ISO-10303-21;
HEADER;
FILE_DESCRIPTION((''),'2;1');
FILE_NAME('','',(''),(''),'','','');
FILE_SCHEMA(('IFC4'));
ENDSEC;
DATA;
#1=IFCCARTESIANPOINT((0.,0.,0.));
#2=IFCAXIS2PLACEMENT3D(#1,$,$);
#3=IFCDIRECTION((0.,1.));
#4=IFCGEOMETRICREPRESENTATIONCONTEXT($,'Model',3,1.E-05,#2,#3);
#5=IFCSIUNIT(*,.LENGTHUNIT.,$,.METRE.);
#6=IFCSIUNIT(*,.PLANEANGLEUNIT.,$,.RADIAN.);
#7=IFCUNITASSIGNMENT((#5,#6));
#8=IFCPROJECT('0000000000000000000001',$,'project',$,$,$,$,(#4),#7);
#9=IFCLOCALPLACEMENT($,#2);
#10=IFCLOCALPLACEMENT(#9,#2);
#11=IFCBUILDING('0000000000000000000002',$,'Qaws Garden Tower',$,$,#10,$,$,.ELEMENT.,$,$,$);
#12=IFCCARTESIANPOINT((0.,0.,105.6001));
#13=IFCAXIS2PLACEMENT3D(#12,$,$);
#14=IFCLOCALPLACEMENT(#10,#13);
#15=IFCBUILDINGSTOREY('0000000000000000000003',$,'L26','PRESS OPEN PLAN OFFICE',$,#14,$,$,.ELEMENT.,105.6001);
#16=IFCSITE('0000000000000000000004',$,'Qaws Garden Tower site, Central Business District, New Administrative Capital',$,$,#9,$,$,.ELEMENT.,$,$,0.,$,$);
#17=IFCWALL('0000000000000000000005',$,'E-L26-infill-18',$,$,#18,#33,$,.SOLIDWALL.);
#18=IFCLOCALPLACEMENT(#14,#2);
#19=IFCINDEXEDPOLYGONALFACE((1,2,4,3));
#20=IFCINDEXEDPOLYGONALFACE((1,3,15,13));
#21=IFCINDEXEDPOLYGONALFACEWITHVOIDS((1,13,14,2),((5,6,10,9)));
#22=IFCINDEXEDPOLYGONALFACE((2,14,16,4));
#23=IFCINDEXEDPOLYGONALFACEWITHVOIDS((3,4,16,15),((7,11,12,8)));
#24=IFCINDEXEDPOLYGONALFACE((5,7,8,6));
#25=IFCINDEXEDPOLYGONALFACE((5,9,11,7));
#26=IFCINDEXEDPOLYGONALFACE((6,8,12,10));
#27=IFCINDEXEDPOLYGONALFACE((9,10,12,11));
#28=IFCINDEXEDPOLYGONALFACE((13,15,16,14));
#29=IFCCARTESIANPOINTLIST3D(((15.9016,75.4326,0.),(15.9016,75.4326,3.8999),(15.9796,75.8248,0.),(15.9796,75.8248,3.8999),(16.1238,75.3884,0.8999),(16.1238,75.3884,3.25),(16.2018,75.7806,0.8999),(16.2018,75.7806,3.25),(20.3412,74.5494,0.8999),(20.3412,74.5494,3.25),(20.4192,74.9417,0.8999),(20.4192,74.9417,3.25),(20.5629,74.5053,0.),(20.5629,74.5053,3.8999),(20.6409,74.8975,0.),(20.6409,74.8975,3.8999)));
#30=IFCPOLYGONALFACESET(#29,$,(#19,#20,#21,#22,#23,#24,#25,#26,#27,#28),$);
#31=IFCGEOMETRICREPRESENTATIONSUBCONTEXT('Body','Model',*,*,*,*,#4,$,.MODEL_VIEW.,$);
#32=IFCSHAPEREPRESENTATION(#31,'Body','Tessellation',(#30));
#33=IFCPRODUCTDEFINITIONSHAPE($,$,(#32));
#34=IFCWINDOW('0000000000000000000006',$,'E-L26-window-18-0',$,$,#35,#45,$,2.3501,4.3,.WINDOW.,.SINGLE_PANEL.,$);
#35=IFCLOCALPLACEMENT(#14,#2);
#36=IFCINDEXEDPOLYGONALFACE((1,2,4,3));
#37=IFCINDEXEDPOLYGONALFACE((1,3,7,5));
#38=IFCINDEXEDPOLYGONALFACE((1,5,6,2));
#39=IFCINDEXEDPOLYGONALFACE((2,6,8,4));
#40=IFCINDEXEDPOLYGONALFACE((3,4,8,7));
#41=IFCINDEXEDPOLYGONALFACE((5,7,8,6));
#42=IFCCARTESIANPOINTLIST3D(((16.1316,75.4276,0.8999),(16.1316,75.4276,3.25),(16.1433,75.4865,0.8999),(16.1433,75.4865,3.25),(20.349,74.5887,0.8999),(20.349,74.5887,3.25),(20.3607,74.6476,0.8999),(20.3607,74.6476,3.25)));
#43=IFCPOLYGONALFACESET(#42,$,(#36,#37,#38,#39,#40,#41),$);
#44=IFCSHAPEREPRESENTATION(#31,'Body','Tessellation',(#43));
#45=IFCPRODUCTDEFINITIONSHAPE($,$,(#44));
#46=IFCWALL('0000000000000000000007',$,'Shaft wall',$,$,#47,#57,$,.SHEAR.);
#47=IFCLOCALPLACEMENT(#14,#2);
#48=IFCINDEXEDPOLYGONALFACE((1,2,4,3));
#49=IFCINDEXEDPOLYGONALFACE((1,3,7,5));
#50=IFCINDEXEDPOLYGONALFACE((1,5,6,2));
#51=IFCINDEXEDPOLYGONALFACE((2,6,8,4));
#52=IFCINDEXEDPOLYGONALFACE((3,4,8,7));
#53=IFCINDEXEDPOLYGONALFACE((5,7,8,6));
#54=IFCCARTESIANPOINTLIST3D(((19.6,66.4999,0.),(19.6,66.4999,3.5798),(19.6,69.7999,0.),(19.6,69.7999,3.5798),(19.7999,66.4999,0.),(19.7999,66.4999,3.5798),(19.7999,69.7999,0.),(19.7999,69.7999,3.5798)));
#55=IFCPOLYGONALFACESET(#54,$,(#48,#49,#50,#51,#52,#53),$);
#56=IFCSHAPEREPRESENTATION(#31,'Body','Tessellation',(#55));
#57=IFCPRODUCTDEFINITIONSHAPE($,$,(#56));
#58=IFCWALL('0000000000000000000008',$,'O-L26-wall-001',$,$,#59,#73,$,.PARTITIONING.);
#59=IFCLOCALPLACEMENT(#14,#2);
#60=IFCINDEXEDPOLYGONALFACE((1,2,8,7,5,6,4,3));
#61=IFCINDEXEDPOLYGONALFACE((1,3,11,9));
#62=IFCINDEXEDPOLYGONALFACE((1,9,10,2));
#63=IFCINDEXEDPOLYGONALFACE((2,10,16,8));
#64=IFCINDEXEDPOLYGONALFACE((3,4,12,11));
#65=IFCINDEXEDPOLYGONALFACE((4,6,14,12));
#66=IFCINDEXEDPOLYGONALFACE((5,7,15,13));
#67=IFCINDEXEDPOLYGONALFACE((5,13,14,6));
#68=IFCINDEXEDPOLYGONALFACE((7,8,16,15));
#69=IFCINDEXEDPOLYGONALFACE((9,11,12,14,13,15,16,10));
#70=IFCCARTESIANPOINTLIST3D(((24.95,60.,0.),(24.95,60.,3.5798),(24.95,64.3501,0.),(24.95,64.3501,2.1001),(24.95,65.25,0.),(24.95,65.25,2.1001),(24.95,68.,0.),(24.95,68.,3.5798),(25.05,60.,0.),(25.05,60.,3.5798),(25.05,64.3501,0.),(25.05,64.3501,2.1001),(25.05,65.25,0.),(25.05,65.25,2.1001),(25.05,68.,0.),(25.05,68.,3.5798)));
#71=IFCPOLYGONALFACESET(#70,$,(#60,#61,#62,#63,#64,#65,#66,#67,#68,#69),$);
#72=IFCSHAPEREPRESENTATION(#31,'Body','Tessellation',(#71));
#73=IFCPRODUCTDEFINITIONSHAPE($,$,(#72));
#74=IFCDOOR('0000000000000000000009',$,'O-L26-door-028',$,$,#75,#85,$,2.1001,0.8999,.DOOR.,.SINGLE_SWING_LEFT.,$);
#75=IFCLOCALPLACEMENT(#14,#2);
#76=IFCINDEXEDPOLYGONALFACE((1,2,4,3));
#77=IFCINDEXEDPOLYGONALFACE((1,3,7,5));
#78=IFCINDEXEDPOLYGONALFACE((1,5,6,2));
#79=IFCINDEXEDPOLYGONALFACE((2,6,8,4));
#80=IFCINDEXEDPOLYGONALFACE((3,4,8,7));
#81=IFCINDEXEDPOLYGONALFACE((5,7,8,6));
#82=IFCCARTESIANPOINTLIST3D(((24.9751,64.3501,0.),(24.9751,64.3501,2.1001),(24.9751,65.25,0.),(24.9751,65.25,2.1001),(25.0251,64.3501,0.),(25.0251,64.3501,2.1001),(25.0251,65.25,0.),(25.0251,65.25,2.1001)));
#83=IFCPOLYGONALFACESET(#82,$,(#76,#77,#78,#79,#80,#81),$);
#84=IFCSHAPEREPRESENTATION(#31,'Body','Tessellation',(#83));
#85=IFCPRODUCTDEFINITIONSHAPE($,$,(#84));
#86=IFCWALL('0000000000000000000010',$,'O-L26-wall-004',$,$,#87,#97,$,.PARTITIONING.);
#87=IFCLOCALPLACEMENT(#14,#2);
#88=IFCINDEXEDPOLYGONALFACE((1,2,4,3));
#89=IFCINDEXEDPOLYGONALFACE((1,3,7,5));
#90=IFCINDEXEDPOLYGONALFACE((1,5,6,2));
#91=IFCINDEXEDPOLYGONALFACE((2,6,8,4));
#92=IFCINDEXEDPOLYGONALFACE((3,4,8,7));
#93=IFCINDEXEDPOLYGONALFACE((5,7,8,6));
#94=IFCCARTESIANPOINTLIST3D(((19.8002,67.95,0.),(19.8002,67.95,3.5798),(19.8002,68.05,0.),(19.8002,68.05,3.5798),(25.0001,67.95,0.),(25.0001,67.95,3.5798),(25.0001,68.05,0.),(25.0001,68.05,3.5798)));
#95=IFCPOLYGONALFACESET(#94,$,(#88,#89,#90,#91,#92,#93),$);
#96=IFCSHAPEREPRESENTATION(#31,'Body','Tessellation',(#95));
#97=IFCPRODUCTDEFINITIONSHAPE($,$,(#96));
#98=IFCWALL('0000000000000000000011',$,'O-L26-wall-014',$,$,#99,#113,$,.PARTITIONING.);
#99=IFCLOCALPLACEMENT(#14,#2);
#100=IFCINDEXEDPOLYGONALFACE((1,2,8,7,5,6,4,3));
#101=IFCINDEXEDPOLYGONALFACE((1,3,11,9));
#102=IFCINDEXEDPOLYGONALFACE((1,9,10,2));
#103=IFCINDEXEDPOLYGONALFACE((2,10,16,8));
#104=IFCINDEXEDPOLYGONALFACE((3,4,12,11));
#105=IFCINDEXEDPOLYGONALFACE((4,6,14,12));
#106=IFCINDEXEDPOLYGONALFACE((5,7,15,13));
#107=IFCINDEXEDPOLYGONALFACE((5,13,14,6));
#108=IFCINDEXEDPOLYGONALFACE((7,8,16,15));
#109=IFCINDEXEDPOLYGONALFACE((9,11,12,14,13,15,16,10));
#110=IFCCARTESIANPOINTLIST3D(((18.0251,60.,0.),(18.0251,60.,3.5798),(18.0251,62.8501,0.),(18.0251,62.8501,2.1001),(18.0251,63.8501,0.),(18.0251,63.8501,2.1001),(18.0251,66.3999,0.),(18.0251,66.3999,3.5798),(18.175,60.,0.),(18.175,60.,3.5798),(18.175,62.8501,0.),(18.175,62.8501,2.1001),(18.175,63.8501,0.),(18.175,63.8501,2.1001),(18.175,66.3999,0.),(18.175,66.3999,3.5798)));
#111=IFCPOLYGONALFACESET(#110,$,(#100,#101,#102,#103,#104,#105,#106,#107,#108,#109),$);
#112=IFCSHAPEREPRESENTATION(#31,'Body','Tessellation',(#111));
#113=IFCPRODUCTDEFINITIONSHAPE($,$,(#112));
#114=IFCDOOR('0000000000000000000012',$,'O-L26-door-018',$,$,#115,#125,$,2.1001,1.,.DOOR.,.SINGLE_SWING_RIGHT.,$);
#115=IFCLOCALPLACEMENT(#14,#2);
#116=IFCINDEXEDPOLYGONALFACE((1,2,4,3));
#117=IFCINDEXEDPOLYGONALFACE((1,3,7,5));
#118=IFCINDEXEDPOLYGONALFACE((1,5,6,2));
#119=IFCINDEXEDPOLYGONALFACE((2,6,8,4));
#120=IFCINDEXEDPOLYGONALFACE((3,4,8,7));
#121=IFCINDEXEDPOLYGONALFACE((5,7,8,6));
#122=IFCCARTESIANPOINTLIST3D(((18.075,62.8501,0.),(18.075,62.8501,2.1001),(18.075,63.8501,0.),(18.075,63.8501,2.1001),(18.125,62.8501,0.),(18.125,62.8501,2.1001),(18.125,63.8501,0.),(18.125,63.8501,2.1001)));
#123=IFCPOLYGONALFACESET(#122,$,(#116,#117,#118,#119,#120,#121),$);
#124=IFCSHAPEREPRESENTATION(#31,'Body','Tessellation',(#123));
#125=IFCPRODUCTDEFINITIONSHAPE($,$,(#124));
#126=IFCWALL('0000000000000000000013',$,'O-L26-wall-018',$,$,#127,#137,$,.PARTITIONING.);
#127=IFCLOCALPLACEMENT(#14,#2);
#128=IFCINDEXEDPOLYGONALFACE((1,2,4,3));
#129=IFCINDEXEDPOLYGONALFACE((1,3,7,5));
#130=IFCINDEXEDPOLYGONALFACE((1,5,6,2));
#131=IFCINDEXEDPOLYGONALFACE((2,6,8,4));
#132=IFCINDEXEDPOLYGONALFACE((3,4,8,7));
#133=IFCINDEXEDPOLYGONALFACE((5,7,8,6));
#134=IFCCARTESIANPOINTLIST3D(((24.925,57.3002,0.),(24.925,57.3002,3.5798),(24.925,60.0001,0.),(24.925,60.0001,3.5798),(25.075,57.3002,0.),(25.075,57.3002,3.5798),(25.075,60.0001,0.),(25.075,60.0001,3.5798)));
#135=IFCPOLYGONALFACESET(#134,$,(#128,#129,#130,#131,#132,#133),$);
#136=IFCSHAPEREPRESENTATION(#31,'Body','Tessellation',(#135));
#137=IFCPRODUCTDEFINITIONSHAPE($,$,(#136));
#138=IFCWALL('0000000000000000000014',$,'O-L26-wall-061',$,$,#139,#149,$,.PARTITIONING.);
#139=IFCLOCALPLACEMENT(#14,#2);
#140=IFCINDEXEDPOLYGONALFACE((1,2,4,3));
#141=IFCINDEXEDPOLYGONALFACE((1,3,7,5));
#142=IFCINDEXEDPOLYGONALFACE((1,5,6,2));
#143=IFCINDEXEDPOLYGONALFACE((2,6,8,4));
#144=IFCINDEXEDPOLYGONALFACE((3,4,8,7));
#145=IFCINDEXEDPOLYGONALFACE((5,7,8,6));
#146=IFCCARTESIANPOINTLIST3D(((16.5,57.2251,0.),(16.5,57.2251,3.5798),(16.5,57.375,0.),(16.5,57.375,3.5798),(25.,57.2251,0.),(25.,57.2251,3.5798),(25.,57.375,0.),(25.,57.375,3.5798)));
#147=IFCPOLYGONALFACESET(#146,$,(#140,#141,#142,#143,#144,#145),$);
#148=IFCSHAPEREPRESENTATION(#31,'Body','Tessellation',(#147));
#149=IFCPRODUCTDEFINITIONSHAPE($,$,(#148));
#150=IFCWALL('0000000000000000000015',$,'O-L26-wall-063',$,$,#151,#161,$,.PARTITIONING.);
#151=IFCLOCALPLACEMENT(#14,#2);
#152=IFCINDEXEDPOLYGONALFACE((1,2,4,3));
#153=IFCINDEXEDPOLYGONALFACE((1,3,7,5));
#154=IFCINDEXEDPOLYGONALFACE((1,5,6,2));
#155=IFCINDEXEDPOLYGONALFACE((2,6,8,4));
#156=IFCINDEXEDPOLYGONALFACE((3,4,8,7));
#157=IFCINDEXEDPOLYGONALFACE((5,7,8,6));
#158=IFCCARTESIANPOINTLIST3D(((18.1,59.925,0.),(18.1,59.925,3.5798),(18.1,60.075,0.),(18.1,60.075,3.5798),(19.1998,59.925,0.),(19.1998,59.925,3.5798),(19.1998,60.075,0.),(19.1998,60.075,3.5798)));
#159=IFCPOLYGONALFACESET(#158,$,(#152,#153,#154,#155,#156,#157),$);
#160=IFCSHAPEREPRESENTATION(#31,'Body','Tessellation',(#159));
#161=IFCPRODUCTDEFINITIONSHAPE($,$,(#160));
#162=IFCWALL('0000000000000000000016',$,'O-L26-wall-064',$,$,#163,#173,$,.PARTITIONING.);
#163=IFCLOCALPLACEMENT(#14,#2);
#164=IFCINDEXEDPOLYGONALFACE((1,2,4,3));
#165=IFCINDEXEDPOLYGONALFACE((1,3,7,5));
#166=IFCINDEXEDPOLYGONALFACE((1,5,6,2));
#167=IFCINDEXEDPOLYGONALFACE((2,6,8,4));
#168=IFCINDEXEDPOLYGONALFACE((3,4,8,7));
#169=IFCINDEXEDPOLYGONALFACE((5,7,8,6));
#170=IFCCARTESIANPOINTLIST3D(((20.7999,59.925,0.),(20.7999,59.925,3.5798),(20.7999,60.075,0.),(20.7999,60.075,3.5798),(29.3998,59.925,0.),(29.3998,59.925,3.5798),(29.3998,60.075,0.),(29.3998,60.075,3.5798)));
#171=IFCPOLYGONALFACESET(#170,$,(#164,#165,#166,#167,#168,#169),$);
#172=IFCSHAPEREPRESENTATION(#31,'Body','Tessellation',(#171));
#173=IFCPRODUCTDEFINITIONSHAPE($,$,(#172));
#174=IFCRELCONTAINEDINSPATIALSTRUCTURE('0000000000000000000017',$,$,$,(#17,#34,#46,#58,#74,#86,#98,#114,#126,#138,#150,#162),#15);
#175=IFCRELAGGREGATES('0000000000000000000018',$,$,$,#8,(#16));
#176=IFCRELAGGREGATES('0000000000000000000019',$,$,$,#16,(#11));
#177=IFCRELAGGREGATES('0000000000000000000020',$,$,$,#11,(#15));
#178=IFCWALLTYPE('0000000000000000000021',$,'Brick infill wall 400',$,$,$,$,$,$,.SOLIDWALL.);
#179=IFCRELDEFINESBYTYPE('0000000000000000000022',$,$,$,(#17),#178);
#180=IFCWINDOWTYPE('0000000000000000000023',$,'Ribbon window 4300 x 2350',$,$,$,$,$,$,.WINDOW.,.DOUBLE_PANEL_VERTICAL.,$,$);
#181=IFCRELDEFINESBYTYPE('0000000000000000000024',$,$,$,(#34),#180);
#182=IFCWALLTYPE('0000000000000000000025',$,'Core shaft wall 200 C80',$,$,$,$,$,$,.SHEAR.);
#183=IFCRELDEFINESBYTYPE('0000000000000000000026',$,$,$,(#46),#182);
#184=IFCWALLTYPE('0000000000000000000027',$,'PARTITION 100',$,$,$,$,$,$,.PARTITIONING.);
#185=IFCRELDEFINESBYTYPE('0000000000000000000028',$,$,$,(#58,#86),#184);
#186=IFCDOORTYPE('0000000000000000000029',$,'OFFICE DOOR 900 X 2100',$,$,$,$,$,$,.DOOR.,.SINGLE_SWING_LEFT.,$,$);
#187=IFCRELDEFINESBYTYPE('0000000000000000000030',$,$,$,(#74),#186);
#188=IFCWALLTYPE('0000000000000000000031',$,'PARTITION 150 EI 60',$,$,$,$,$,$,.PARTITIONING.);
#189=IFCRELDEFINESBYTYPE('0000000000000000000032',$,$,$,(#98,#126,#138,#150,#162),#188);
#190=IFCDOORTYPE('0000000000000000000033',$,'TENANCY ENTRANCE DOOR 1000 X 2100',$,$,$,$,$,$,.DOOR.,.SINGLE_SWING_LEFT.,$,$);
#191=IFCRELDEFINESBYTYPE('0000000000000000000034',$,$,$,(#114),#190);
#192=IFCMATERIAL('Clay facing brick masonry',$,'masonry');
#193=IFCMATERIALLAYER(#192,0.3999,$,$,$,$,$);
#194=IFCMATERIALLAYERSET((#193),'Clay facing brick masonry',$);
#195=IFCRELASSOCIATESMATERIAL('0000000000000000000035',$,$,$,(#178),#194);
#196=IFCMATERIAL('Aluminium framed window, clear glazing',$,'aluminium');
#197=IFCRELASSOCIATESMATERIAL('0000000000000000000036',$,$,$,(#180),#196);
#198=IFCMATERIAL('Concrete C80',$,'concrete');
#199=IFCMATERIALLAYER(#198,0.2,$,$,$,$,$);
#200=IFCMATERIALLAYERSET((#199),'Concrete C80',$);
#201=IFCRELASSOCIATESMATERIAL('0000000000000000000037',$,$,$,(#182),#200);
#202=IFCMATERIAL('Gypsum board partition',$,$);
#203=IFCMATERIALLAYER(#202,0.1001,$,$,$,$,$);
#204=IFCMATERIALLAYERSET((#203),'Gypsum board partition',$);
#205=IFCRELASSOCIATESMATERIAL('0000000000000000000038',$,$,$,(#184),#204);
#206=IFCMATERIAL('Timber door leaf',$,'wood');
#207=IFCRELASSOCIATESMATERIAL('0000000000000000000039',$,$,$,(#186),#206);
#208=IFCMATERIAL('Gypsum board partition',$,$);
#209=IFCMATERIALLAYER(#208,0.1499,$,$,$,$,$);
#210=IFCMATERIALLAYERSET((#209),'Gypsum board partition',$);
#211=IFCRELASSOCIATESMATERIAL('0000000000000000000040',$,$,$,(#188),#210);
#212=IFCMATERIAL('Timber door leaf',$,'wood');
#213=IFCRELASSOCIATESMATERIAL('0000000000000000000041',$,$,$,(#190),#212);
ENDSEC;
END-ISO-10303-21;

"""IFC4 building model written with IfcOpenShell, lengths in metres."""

from ifc_helpers import new_model, si_unit, direction, frame, frame_2d, origin, place, context, subcontext, project, spatial, rectangle, extrude, material, layer, layer_set, type_object, element, fill, save


model = new_model("IFC4")

# Units and contexts
model_context = context("Model", 3, precision=1e-05, world=origin(), true_north=direction((0.0, 1.0)))
body_context = subcontext(model_context, "Body", "Model", "MODEL_VIEW")
ifc_project = project(units=[si_unit("LENGTHUNIT", "METRE"), si_unit("PLANEANGLEUNIT", "RADIAN")], contexts=[model_context])

# Site, building, storey
site_placement = place(None, origin())
site = spatial("IfcSite", under=ifc_project, at=site_placement, Name="Qaws Garden Tower site, Central Business District, New Administrative Capital", CompositionType="ELEMENT", RefElevation=0.0)
building_placement = place(site_placement, origin())
building = spatial("IfcBuilding", under=site, at=building_placement, Name="Qaws Garden Tower", CompositionType="ELEMENT")
storey_placement = place(building_placement, frame((0.0, 0.0, 105.6001)))
storey = spatial("IfcBuildingStorey", under=building, at=storey_placement, Name="L26", Description="PRESS OPEN PLAN OFFICE", CompositionType="ELEMENT", Elevation=105.6001)

# Wall, opening, window
ifc_material_1 = material(Name="Clay facing brick masonry", Category="masonry")
ifc_layer_1 = layer(ifc_material_1, 0.3999)
ifc_layer_set_1 = layer_set([ifc_layer_1], Name="Clay facing brick masonry")
wall_type_1 = type_object("IfcWallType", Name="Brick infill wall 400", PredefinedType="SOLIDWALL", material=ifc_layer_set_1)
ifc_material_2 = material(Name="Aluminium framed window, clear glazing", Category="aluminium")
window_type = type_object("IfcWindowType", Name="Ribbon window 4300 x 2350", PartitioningType="DOUBLE_PANEL_VERTICAL", PredefinedType="WINDOW", material=ifc_material_2)
wall_1_placement = place(storey_placement, frame((20.6021, 74.7014, 0.0), z_axis=(0.0, 0.0, 1.0), x_axis=(-0.980784, 0.195099, 0.0)))
wall_1 = element("IfcWall", 1, at=wall_1_placement, inside=storey, type_object=wall_type_1, Name="E-L26-infill-18", PredefinedType="SOLIDWALL", context=body_context, shape_type="SweptSolid", body=[
    extrude(rectangle(XDim=4.7527, YDim=0.3999, at=frame_2d((2.3765, 0.0))), origin(), (0.0, 0.0, 1.0), 3.8999),
])
opening_1_placement = place(wall_1_placement, frame((0.2263, 0.0, 0.8999)))
opening_1 = element("IfcOpeningElement", 2, at=opening_1_placement, cuts=wall_1, PredefinedType="OPENING", context=body_context, shape_type="SweptSolid", body=[
    extrude(rectangle(XDim=4.3, YDim=2.3501, at=frame_2d((2.1499, 1.175))), frame((0.0, 0.21, 0.0), z_axis=(0.0, -1.0, 0.0), x_axis=(1.0, 0.0, 0.0)), (0.0, 0.0, 1.0), 0.4199),
])
window_1_placement = place(opening_1_placement, origin())
window_1 = element("IfcWindow", 3, at=window_1_placement, inside=storey, type_object=window_type, Name="E-L26-window-18-0", OverallHeight=2.3501, OverallWidth=4.3, PartitioningType="SINGLE_PANEL", PredefinedType="WINDOW", context=body_context, shape_type="SweptSolid", body=[
    extrude(rectangle(XDim=4.3, YDim=2.3501, at=frame_2d((2.1499, 1.175))), frame((0.0, 0.1599, 0.0), z_axis=(0.0, -1.0, 0.0), x_axis=(1.0, 0.0, 0.0)), (0.0, 0.0, 1.0), 0.0601),
])
fill(opening_1, window_1)

# Wall
ifc_material_3 = material(Name="Concrete C80", Category="concrete")
ifc_layer_2 = layer(ifc_material_3, 0.2)
ifc_layer_set_2 = layer_set([ifc_layer_2], Name="Concrete C80")
wall_type_2 = type_object("IfcWallType", Name="Core shaft wall 200 C80", PredefinedType="SHEAR", material=ifc_layer_set_2)
wall_2_placement = place(storey_placement, frame((19.7, 66.5, 0.0), z_axis=(0.0, 0.0, 1.0), x_axis=(0.0, 1.0, 0.0)))
element("IfcWall", 4, at=wall_2_placement, inside=storey, type_object=wall_type_2, Name="Shaft wall", PredefinedType="SHEAR", context=body_context, shape_type="SweptSolid", body=[
    extrude(rectangle(XDim=3.3, YDim=0.2, at=frame_2d((1.6499, 0.0))), origin(), (0.0, 0.0, 1.0), 3.5798),
])

# Wall, opening, door
ifc_material_4 = material(Name="Gypsum board partition")
ifc_layer_3 = layer(ifc_material_4, 0.1001)
ifc_layer_set_3 = layer_set([ifc_layer_3], Name="Gypsum board partition")
wall_type_3 = type_object("IfcWallType", Name="PARTITION 100", PredefinedType="PARTITIONING", material=ifc_layer_set_3)
wall_3_placement = place(storey_placement, frame((25.0, 60.0, 0.0), z_axis=(0.0, 0.0, 1.0), x_axis=(0.0, 1.0, 0.0)))
wall_3 = element("IfcWall", 5, at=wall_3_placement, inside=storey, type_object=wall_type_3, Name="O-L26-wall-001", PredefinedType="PARTITIONING", context=body_context, shape_type="SweptSolid", body=[
    extrude(rectangle(XDim=8.0, YDim=0.1001, at=frame_2d((4.0, 0.0))), origin(), (0.0, 0.0, 1.0), 3.5798),
])
opening_2_placement = place(wall_3_placement, frame((4.3501, 0.0, 0.0)))
opening_2 = element("IfcOpeningElement", 6, at=opening_2_placement, cuts=wall_3, PredefinedType="OPENING", context=body_context, shape_type="SweptSolid", body=[
    extrude(rectangle(XDim=0.8999, YDim=2.1001, at=frame_2d((0.45, 1.05))), frame((0.0, 0.0601, 0.0), z_axis=(0.0, -1.0, 0.0), x_axis=(1.0, 0.0, 0.0)), (0.0, 0.0, 1.0), 0.1201),
])
ifc_material_5 = material(Name="Timber door leaf", Category="wood")
door_type_1 = type_object("IfcDoorType", Name="OFFICE DOOR 900 X 2100", OperationType="SINGLE_SWING_LEFT", PredefinedType="DOOR", material=ifc_material_5)
door_1_placement = place(opening_2_placement, origin())
door_1 = element("IfcDoor", 7, at=door_1_placement, inside=storey, type_object=door_type_1, Name="O-L26-door-028", OperationType="SINGLE_SWING_LEFT", OverallHeight=2.1001, OverallWidth=0.8999, PredefinedType="DOOR", context=body_context, shape_type="SweptSolid", body=[
    extrude(rectangle(XDim=0.8999, YDim=2.1001, at=frame_2d((0.45, 1.05))), frame((0.0, 0.0249, 0.0), z_axis=(0.0, -1.0, 0.0), x_axis=(1.0, 0.0, 0.0)), (0.0, 0.0, 1.0), 0.05),
])
fill(opening_2, door_1)

# Wall
wall_4_placement = place(storey_placement, frame((19.8, 68.0, 0.0), z_axis=(0.0, 0.0, 1.0), x_axis=(1.0, 0.0, 0.0)))
element("IfcWall", 8, at=wall_4_placement, inside=storey, type_object=wall_type_3, Name="O-L26-wall-004", PredefinedType="PARTITIONING", context=body_context, shape_type="SweptSolid", body=[
    extrude(rectangle(XDim=5.2, YDim=0.1001, at=frame_2d((2.6001, 0.0))), origin(), (0.0, 0.0, 1.0), 3.5798),
])

# Wall, opening, door
ifc_material_6 = material(Name="Gypsum board partition")
ifc_layer_4 = layer(ifc_material_6, 0.1499)
ifc_layer_set_4 = layer_set([ifc_layer_4], Name="Gypsum board partition")
wall_type_4 = type_object("IfcWallType", Name="PARTITION 150 EI 60", PredefinedType="PARTITIONING", material=ifc_layer_set_4)
wall_5_placement = place(storey_placement, frame((18.1001, 60.0, 0.0), z_axis=(0.0, 0.0, 1.0), x_axis=(0.0, 1.0, 0.0)))
wall_5 = element("IfcWall", 9, at=wall_5_placement, inside=storey, type_object=wall_type_4, Name="O-L26-wall-014", PredefinedType="PARTITIONING", context=body_context, shape_type="SweptSolid", body=[
    extrude(rectangle(XDim=6.3999, YDim=0.1499, at=frame_2d((3.2, 0.0))), origin(), (0.0, 0.0, 1.0), 3.5798),
])
opening_3_placement = place(wall_5_placement, frame((2.8501, 0.0, 0.0)))
opening_3 = element("IfcOpeningElement", 10, at=opening_3_placement, cuts=wall_5, PredefinedType="OPENING", context=body_context, shape_type="SweptSolid", body=[
    extrude(rectangle(XDim=1.0, YDim=2.1001, at=frame_2d((0.5, 1.05))), frame((0.0, 0.085, 0.0), z_axis=(0.0, -1.0, 0.0), x_axis=(1.0, 0.0, 0.0)), (0.0, 0.0, 1.0), 0.1699),
])
ifc_material_7 = material(Name="Timber door leaf", Category="wood")
door_type_2 = type_object("IfcDoorType", Name="TENANCY ENTRANCE DOOR 1000 X 2100", OperationType="SINGLE_SWING_LEFT", PredefinedType="DOOR", material=ifc_material_7)
door_2_placement = place(opening_3_placement, frame((1.0, 0.0, 0.0), z_axis=(0.0, 0.0, 1.0), x_axis=(-1.0, 0.0, 0.0)))
door_2 = element("IfcDoor", 11, at=door_2_placement, inside=storey, type_object=door_type_2, Name="O-L26-door-018", OperationType="SINGLE_SWING_RIGHT", OverallHeight=2.1001, OverallWidth=1.0, PredefinedType="DOOR", context=body_context, shape_type="SweptSolid", body=[
    extrude(rectangle(XDim=1.0, YDim=2.1001, at=frame_2d((0.5, 1.05))), frame((0.0, 0.0249, 0.0), z_axis=(0.0, -1.0, 0.0), x_axis=(1.0, 0.0, 0.0)), (0.0, 0.0, 1.0), 0.05),
])
fill(opening_3, door_2)

# Walls
wall_6_placement = place(storey_placement, frame((25.0, 57.3, 0.0), z_axis=(0.0, 0.0, 1.0), x_axis=(0.0, 1.0, 0.0)))
element("IfcWall", 12, at=wall_6_placement, inside=storey, type_object=wall_type_4, Name="O-L26-wall-018", PredefinedType="PARTITIONING", context=body_context, shape_type="SweptSolid", body=[
    extrude(rectangle(XDim=2.7, YDim=0.1499, at=frame_2d((1.3501, 0.0))), origin(), (0.0, 0.0, 1.0), 3.5798),
])
wall_7_placement = place(storey_placement, frame((16.5, 57.3, 0.0), z_axis=(0.0, 0.0, 1.0), x_axis=(1.0, 0.0, 0.0)))
element("IfcWall", 13, at=wall_7_placement, inside=storey, type_object=wall_type_4, Name="O-L26-wall-061", PredefinedType="PARTITIONING", context=body_context, shape_type="SweptSolid", body=[
    extrude(rectangle(XDim=8.5, YDim=0.1499, at=frame_2d((4.25, 0.0))), origin(), (0.0, 0.0, 1.0), 3.5798),
])
wall_8_placement = place(storey_placement, frame((18.1001, 60.0, 0.0), z_axis=(0.0, 0.0, 1.0), x_axis=(1.0, 0.0, 0.0)))
element("IfcWall", 14, at=wall_8_placement, inside=storey, type_object=wall_type_4, Name="O-L26-wall-063", PredefinedType="PARTITIONING", context=body_context, shape_type="SweptSolid", body=[
    extrude(rectangle(XDim=1.0999, YDim=0.1499, at=frame_2d((0.5498, 0.0))), origin(), (0.0, 0.0, 1.0), 3.5798),
])
wall_9_placement = place(storey_placement, frame((20.8, 60.0, 0.0), z_axis=(0.0, 0.0, 1.0), x_axis=(1.0, 0.0, 0.0)))
element("IfcWall", 15, at=wall_9_placement, inside=storey, type_object=wall_type_4, Name="O-L26-wall-064", PredefinedType="PARTITIONING", context=body_context, shape_type="SweptSolid", body=[
    extrude(rectangle(XDim=8.5999, YDim=0.1499, at=frame_2d((4.2998, 0.0))), origin(), (0.0, 0.0, 1.0), 3.5798),
])

save(model, "model.ifc")
